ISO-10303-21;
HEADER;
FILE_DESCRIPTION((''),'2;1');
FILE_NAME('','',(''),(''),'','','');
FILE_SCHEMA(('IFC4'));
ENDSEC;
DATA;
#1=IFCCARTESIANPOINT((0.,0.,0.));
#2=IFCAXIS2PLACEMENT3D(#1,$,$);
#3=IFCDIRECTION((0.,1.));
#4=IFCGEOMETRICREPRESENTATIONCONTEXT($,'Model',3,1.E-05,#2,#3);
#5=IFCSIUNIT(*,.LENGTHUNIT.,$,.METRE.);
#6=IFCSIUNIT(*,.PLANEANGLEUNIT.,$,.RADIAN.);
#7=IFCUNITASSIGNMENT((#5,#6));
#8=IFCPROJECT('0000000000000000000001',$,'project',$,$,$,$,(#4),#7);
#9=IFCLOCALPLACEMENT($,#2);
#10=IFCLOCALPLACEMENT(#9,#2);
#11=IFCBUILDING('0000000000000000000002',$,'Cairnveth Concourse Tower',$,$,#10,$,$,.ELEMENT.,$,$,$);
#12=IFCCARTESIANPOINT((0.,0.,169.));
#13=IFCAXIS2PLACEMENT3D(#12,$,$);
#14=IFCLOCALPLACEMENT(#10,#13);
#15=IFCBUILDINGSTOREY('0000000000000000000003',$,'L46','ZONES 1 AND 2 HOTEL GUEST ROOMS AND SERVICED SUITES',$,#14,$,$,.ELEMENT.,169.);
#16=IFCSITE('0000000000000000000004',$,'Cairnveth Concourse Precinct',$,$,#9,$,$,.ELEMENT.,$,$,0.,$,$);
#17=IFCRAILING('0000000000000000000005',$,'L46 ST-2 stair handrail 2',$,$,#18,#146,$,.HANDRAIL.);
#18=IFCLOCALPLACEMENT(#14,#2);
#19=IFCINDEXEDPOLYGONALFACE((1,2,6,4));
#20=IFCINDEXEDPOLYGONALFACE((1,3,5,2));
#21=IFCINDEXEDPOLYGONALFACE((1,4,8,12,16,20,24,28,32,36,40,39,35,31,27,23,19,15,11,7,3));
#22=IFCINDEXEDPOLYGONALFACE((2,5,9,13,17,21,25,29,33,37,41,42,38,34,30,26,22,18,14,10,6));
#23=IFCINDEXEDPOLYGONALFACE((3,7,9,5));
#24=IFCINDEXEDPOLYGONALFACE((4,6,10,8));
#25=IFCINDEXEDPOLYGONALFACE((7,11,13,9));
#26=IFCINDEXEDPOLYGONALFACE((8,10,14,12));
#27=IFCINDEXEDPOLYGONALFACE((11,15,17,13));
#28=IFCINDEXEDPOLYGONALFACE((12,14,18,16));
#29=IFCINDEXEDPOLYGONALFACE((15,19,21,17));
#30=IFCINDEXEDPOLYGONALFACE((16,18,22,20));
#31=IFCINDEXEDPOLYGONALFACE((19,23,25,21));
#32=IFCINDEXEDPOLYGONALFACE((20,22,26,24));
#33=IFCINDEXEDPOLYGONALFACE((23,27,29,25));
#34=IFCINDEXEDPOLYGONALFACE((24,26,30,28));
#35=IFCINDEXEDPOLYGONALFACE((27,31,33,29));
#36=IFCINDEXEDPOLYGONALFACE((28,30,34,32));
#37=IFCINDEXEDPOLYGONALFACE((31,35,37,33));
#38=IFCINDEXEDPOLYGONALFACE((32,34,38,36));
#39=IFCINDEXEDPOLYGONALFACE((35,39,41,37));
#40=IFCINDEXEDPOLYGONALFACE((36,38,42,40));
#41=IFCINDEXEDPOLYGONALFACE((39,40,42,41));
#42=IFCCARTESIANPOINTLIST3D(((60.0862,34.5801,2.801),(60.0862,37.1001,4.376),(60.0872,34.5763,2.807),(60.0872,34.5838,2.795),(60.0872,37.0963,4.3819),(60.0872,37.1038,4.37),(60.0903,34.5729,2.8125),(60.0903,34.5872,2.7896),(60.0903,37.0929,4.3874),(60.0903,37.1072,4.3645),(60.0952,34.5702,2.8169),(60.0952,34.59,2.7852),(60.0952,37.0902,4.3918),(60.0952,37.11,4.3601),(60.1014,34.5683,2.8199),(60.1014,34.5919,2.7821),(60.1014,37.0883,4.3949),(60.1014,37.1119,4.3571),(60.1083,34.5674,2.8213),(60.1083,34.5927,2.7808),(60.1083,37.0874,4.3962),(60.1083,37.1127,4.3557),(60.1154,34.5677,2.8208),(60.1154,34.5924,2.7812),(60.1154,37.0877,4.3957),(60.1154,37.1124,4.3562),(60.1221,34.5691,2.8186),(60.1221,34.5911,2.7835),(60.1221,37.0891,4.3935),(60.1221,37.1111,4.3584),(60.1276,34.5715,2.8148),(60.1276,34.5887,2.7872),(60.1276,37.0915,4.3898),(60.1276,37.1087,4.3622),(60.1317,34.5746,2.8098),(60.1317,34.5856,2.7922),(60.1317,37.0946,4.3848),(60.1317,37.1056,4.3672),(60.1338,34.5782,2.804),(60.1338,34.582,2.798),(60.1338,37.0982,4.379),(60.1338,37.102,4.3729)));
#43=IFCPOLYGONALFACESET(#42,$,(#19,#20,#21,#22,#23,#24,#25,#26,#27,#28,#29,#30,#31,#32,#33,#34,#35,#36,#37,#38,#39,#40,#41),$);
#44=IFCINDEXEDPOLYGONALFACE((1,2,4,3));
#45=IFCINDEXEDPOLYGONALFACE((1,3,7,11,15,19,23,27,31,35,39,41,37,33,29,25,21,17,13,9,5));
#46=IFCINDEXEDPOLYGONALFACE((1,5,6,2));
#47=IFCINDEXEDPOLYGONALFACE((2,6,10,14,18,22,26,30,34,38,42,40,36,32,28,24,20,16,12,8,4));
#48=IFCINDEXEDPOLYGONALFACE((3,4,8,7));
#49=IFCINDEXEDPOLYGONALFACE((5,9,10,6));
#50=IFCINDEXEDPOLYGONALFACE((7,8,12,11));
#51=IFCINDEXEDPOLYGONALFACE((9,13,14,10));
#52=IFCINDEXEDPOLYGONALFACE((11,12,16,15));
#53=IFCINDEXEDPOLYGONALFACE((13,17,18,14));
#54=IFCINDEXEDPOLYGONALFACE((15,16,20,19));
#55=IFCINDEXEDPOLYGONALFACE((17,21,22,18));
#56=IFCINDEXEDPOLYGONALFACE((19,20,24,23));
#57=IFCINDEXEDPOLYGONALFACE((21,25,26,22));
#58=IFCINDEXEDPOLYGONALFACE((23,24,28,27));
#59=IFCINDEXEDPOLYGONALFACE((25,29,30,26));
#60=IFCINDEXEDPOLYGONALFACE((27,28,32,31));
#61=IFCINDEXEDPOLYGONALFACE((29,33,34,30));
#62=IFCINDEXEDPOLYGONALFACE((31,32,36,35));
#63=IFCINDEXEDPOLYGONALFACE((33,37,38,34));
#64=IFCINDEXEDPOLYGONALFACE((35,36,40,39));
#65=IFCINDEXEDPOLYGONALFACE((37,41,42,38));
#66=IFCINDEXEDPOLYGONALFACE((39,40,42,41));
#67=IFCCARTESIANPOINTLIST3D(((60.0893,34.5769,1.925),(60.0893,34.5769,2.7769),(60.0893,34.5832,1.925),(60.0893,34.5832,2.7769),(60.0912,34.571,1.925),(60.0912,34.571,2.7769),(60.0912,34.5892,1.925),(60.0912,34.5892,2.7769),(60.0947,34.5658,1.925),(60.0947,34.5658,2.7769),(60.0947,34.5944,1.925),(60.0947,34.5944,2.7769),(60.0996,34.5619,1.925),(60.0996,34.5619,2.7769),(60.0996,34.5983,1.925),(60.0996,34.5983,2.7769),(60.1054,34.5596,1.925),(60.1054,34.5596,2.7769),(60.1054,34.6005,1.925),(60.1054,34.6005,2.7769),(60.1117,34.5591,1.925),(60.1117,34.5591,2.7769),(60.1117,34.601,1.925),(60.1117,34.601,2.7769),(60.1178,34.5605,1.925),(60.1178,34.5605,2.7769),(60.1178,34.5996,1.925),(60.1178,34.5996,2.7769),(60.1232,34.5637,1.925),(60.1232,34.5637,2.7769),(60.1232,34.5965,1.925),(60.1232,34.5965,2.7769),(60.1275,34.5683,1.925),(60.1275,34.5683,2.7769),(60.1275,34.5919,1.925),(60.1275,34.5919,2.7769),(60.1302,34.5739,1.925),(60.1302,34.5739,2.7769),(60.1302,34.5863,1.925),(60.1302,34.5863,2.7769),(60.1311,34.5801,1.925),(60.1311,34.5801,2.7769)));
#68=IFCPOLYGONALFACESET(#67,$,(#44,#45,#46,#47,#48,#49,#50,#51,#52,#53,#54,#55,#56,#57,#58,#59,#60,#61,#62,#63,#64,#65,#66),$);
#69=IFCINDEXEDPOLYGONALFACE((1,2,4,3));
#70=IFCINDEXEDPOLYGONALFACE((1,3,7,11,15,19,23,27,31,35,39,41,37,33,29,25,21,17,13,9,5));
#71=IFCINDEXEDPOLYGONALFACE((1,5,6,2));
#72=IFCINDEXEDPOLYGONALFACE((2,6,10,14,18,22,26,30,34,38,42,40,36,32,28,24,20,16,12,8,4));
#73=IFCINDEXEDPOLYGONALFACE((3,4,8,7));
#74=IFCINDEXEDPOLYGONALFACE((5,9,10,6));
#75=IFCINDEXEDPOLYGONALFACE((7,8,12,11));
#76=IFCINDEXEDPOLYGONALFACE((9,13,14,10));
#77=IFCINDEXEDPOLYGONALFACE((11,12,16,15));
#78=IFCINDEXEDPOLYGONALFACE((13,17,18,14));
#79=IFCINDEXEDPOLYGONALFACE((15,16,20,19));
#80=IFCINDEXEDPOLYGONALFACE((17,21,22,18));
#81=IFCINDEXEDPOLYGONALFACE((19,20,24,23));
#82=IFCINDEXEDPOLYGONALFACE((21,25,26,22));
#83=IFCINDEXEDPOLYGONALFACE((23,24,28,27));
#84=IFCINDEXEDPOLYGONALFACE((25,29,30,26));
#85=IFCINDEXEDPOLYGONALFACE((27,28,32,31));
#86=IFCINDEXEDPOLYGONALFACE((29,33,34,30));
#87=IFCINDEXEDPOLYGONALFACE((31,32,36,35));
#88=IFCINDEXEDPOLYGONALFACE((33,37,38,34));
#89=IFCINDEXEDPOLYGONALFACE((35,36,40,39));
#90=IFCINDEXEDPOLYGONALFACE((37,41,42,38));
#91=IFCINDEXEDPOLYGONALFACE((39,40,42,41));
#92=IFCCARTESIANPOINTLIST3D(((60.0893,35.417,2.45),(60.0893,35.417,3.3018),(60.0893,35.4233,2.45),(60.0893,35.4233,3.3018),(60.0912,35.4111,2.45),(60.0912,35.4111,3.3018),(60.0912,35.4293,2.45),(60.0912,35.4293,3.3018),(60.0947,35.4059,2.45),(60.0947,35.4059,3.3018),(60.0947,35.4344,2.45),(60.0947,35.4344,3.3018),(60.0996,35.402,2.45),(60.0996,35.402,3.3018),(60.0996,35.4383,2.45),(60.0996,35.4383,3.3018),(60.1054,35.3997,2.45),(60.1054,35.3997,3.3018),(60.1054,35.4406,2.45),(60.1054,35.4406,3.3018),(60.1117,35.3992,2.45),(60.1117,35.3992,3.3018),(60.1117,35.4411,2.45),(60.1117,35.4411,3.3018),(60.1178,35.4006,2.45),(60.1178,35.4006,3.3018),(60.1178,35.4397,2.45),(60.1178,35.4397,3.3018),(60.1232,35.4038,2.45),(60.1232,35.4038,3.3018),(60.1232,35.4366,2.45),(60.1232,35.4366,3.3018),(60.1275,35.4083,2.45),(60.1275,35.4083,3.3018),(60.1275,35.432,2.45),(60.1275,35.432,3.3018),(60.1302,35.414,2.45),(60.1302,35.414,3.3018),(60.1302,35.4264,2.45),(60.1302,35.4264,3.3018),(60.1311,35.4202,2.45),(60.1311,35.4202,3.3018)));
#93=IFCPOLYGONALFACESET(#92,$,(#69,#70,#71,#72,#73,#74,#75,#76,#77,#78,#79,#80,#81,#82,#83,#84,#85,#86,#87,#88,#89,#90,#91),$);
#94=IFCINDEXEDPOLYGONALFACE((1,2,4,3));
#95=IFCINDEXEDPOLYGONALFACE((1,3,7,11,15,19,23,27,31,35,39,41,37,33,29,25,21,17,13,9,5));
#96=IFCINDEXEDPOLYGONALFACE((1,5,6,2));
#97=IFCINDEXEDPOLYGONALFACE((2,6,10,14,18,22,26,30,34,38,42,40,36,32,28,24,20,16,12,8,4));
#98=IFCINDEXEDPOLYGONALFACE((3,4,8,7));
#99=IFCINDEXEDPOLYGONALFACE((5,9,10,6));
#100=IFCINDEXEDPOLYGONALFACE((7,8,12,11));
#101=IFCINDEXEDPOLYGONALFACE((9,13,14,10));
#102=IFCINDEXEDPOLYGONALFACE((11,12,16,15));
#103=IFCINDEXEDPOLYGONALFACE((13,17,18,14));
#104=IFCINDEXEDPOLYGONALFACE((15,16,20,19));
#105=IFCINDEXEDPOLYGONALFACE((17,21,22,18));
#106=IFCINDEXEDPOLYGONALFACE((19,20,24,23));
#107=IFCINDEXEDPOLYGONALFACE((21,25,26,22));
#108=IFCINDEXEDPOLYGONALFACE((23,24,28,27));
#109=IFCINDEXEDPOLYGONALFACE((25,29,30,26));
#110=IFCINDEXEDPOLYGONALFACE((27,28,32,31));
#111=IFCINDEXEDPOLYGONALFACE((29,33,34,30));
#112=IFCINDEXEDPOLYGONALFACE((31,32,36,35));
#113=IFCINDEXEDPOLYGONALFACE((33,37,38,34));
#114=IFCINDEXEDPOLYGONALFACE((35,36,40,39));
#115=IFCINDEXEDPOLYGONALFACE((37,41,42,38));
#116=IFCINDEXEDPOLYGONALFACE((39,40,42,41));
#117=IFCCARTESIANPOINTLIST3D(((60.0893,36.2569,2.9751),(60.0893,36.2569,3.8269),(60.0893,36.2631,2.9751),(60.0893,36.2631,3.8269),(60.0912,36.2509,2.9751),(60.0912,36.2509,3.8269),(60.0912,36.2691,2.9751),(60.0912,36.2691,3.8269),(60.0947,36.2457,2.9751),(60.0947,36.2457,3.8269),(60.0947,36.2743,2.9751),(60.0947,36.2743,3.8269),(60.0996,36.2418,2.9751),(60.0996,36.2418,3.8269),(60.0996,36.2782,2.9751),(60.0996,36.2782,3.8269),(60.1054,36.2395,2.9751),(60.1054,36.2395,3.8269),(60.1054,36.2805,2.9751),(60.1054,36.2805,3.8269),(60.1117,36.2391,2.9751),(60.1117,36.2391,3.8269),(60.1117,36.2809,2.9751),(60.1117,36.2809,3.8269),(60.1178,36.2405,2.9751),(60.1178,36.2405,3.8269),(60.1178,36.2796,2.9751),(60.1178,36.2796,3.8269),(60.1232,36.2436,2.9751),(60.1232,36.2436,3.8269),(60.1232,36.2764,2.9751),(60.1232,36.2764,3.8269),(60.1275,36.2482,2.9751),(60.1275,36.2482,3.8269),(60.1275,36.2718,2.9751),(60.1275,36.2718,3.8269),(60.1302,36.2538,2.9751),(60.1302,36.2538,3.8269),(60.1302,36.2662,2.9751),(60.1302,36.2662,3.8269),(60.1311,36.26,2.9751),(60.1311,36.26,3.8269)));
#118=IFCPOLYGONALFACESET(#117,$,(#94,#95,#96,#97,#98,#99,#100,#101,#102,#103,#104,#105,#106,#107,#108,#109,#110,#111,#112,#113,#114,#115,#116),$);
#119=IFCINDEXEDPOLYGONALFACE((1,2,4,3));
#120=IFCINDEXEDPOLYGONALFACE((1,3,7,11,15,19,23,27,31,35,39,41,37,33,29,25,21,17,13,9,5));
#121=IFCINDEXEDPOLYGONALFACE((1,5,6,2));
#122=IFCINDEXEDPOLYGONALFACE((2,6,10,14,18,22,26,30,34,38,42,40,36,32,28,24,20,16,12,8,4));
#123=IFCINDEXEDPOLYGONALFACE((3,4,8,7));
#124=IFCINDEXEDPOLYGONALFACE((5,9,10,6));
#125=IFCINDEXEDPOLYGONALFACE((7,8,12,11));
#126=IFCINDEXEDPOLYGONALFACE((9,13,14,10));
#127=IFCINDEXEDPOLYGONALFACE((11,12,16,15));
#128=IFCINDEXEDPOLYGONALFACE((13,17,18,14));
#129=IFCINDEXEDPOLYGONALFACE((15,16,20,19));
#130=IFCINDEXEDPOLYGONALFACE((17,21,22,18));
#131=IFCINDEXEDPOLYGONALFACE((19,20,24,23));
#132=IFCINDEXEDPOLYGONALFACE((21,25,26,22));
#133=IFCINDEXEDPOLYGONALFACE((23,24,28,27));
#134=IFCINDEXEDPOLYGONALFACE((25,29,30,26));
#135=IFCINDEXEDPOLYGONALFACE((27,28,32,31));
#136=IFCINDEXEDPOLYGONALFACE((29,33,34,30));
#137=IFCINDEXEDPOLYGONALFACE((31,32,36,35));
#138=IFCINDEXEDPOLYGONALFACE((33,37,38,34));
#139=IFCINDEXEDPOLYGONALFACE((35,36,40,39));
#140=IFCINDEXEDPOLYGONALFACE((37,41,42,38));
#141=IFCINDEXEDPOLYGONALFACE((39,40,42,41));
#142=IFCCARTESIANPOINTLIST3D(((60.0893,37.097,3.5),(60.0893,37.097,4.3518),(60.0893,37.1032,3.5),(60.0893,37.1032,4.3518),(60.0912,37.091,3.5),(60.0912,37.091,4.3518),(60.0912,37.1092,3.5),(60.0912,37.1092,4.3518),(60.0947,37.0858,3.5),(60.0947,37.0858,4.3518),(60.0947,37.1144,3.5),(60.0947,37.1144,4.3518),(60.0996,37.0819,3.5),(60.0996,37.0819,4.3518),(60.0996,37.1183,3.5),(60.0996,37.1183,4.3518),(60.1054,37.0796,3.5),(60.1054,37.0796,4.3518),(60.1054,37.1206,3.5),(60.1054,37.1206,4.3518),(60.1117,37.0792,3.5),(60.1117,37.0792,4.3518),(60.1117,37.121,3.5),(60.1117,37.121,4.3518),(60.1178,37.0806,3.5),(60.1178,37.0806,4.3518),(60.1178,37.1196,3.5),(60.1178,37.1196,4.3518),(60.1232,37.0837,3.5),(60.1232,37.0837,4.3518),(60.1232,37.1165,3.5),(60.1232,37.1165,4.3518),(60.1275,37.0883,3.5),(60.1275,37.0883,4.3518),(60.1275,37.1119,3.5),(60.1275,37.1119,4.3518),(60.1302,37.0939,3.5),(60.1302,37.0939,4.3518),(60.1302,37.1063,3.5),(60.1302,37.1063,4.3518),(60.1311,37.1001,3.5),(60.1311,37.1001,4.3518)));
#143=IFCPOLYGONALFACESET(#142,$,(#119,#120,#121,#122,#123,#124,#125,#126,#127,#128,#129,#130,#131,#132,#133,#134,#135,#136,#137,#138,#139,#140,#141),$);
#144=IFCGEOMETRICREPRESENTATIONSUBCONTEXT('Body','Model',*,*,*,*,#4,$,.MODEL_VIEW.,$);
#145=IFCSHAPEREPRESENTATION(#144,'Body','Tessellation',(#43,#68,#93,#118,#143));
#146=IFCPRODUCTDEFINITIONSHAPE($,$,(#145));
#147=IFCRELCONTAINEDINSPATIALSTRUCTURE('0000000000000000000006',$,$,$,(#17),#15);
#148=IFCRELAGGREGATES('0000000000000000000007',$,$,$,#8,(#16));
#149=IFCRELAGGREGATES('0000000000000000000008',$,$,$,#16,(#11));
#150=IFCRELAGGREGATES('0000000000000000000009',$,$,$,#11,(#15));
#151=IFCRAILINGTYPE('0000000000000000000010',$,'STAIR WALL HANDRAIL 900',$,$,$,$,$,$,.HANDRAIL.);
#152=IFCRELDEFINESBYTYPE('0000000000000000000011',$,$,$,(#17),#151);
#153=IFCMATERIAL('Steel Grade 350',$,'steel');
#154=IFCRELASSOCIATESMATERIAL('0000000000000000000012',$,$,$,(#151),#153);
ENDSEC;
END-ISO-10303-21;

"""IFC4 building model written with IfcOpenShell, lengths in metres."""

from ifc_helpers import new_model, si_unit, direction, frame, origin, origin_2d, place, context, subcontext, project, spatial, circle, extrude, material, type_object, element, save


model = new_model("IFC4")

# Units and contexts
model_context = context("Model", 3, precision=1e-05, world=origin(), true_north=direction((0.0, 1.0)))
body_context = subcontext(model_context, "Body", "Model", "MODEL_VIEW")
ifc_project = project(units=[si_unit("LENGTHUNIT", "METRE"), si_unit("PLANEANGLEUNIT", "RADIAN")], contexts=[model_context])

# Site, building, storey
site_placement = place(None, origin())
site = spatial("IfcSite", under=ifc_project, at=site_placement, Name="Cairnveth Concourse Precinct", CompositionType="ELEMENT", RefElevation=0.0)
building_placement = place(site_placement, origin())
building = spatial("IfcBuilding", under=site, at=building_placement, Name="Cairnveth Concourse Tower", CompositionType="ELEMENT")
storey_placement = place(building_placement, frame((0.0, 0.0, 169.0)))
storey = spatial("IfcBuildingStorey", under=building, at=storey_placement, Name="L46", Description="ZONES 1 AND 2 HOTEL GUEST ROOMS AND SERVICED SUITES", CompositionType="ELEMENT", Elevation=169.0)

# Shared definitions
ifc_material_1 = material(Name="Steel Grade 350", Category="steel")

# Railing
railing_type_1 = type_object("IfcRailingType", Name="STAIR WALL HANDRAIL 900", PredefinedType="HANDRAIL", material=ifc_material_1)
railing_1_placement = place(storey_placement, frame((60.1101, 34.5801, 1.925)))
element("IfcRailing", 1, at=railing_1_placement, inside=storey, type_object=railing_type_1, Name="L46 ST-2 stair handrail 2", PredefinedType="HANDRAIL", context=body_context, shape_type="SweptSolid", body=[
    extrude(circle(Radius=0.0239, at=origin_2d()), frame((0.0, 0.0, 0.876), z_axis=(0.0, 0.848008, 0.529984), x_axis=(-1.0, 0.0, 0.0)), (0.0, 0.0, 1.0), 2.9717),
    extrude(circle(Radius=0.021, at=origin_2d()), origin(), (0.0, 0.0, 1.0), 0.8518),
    extrude(circle(Radius=0.021, at=origin_2d()), frame((0.0, 0.8401, 0.5249)), (0.0, 0.0, 1.0), 0.8518),
    extrude(circle(Radius=0.021, at=origin_2d()), frame((0.0, 1.6799, 1.05)), (0.0, 0.0, 1.0), 0.8518),
    extrude(circle(Radius=0.021, at=origin_2d()), frame((0.0, 2.52, 1.575)), (0.0, 0.0, 1.0), 0.8518),
])

save(model, "model.ifc")
